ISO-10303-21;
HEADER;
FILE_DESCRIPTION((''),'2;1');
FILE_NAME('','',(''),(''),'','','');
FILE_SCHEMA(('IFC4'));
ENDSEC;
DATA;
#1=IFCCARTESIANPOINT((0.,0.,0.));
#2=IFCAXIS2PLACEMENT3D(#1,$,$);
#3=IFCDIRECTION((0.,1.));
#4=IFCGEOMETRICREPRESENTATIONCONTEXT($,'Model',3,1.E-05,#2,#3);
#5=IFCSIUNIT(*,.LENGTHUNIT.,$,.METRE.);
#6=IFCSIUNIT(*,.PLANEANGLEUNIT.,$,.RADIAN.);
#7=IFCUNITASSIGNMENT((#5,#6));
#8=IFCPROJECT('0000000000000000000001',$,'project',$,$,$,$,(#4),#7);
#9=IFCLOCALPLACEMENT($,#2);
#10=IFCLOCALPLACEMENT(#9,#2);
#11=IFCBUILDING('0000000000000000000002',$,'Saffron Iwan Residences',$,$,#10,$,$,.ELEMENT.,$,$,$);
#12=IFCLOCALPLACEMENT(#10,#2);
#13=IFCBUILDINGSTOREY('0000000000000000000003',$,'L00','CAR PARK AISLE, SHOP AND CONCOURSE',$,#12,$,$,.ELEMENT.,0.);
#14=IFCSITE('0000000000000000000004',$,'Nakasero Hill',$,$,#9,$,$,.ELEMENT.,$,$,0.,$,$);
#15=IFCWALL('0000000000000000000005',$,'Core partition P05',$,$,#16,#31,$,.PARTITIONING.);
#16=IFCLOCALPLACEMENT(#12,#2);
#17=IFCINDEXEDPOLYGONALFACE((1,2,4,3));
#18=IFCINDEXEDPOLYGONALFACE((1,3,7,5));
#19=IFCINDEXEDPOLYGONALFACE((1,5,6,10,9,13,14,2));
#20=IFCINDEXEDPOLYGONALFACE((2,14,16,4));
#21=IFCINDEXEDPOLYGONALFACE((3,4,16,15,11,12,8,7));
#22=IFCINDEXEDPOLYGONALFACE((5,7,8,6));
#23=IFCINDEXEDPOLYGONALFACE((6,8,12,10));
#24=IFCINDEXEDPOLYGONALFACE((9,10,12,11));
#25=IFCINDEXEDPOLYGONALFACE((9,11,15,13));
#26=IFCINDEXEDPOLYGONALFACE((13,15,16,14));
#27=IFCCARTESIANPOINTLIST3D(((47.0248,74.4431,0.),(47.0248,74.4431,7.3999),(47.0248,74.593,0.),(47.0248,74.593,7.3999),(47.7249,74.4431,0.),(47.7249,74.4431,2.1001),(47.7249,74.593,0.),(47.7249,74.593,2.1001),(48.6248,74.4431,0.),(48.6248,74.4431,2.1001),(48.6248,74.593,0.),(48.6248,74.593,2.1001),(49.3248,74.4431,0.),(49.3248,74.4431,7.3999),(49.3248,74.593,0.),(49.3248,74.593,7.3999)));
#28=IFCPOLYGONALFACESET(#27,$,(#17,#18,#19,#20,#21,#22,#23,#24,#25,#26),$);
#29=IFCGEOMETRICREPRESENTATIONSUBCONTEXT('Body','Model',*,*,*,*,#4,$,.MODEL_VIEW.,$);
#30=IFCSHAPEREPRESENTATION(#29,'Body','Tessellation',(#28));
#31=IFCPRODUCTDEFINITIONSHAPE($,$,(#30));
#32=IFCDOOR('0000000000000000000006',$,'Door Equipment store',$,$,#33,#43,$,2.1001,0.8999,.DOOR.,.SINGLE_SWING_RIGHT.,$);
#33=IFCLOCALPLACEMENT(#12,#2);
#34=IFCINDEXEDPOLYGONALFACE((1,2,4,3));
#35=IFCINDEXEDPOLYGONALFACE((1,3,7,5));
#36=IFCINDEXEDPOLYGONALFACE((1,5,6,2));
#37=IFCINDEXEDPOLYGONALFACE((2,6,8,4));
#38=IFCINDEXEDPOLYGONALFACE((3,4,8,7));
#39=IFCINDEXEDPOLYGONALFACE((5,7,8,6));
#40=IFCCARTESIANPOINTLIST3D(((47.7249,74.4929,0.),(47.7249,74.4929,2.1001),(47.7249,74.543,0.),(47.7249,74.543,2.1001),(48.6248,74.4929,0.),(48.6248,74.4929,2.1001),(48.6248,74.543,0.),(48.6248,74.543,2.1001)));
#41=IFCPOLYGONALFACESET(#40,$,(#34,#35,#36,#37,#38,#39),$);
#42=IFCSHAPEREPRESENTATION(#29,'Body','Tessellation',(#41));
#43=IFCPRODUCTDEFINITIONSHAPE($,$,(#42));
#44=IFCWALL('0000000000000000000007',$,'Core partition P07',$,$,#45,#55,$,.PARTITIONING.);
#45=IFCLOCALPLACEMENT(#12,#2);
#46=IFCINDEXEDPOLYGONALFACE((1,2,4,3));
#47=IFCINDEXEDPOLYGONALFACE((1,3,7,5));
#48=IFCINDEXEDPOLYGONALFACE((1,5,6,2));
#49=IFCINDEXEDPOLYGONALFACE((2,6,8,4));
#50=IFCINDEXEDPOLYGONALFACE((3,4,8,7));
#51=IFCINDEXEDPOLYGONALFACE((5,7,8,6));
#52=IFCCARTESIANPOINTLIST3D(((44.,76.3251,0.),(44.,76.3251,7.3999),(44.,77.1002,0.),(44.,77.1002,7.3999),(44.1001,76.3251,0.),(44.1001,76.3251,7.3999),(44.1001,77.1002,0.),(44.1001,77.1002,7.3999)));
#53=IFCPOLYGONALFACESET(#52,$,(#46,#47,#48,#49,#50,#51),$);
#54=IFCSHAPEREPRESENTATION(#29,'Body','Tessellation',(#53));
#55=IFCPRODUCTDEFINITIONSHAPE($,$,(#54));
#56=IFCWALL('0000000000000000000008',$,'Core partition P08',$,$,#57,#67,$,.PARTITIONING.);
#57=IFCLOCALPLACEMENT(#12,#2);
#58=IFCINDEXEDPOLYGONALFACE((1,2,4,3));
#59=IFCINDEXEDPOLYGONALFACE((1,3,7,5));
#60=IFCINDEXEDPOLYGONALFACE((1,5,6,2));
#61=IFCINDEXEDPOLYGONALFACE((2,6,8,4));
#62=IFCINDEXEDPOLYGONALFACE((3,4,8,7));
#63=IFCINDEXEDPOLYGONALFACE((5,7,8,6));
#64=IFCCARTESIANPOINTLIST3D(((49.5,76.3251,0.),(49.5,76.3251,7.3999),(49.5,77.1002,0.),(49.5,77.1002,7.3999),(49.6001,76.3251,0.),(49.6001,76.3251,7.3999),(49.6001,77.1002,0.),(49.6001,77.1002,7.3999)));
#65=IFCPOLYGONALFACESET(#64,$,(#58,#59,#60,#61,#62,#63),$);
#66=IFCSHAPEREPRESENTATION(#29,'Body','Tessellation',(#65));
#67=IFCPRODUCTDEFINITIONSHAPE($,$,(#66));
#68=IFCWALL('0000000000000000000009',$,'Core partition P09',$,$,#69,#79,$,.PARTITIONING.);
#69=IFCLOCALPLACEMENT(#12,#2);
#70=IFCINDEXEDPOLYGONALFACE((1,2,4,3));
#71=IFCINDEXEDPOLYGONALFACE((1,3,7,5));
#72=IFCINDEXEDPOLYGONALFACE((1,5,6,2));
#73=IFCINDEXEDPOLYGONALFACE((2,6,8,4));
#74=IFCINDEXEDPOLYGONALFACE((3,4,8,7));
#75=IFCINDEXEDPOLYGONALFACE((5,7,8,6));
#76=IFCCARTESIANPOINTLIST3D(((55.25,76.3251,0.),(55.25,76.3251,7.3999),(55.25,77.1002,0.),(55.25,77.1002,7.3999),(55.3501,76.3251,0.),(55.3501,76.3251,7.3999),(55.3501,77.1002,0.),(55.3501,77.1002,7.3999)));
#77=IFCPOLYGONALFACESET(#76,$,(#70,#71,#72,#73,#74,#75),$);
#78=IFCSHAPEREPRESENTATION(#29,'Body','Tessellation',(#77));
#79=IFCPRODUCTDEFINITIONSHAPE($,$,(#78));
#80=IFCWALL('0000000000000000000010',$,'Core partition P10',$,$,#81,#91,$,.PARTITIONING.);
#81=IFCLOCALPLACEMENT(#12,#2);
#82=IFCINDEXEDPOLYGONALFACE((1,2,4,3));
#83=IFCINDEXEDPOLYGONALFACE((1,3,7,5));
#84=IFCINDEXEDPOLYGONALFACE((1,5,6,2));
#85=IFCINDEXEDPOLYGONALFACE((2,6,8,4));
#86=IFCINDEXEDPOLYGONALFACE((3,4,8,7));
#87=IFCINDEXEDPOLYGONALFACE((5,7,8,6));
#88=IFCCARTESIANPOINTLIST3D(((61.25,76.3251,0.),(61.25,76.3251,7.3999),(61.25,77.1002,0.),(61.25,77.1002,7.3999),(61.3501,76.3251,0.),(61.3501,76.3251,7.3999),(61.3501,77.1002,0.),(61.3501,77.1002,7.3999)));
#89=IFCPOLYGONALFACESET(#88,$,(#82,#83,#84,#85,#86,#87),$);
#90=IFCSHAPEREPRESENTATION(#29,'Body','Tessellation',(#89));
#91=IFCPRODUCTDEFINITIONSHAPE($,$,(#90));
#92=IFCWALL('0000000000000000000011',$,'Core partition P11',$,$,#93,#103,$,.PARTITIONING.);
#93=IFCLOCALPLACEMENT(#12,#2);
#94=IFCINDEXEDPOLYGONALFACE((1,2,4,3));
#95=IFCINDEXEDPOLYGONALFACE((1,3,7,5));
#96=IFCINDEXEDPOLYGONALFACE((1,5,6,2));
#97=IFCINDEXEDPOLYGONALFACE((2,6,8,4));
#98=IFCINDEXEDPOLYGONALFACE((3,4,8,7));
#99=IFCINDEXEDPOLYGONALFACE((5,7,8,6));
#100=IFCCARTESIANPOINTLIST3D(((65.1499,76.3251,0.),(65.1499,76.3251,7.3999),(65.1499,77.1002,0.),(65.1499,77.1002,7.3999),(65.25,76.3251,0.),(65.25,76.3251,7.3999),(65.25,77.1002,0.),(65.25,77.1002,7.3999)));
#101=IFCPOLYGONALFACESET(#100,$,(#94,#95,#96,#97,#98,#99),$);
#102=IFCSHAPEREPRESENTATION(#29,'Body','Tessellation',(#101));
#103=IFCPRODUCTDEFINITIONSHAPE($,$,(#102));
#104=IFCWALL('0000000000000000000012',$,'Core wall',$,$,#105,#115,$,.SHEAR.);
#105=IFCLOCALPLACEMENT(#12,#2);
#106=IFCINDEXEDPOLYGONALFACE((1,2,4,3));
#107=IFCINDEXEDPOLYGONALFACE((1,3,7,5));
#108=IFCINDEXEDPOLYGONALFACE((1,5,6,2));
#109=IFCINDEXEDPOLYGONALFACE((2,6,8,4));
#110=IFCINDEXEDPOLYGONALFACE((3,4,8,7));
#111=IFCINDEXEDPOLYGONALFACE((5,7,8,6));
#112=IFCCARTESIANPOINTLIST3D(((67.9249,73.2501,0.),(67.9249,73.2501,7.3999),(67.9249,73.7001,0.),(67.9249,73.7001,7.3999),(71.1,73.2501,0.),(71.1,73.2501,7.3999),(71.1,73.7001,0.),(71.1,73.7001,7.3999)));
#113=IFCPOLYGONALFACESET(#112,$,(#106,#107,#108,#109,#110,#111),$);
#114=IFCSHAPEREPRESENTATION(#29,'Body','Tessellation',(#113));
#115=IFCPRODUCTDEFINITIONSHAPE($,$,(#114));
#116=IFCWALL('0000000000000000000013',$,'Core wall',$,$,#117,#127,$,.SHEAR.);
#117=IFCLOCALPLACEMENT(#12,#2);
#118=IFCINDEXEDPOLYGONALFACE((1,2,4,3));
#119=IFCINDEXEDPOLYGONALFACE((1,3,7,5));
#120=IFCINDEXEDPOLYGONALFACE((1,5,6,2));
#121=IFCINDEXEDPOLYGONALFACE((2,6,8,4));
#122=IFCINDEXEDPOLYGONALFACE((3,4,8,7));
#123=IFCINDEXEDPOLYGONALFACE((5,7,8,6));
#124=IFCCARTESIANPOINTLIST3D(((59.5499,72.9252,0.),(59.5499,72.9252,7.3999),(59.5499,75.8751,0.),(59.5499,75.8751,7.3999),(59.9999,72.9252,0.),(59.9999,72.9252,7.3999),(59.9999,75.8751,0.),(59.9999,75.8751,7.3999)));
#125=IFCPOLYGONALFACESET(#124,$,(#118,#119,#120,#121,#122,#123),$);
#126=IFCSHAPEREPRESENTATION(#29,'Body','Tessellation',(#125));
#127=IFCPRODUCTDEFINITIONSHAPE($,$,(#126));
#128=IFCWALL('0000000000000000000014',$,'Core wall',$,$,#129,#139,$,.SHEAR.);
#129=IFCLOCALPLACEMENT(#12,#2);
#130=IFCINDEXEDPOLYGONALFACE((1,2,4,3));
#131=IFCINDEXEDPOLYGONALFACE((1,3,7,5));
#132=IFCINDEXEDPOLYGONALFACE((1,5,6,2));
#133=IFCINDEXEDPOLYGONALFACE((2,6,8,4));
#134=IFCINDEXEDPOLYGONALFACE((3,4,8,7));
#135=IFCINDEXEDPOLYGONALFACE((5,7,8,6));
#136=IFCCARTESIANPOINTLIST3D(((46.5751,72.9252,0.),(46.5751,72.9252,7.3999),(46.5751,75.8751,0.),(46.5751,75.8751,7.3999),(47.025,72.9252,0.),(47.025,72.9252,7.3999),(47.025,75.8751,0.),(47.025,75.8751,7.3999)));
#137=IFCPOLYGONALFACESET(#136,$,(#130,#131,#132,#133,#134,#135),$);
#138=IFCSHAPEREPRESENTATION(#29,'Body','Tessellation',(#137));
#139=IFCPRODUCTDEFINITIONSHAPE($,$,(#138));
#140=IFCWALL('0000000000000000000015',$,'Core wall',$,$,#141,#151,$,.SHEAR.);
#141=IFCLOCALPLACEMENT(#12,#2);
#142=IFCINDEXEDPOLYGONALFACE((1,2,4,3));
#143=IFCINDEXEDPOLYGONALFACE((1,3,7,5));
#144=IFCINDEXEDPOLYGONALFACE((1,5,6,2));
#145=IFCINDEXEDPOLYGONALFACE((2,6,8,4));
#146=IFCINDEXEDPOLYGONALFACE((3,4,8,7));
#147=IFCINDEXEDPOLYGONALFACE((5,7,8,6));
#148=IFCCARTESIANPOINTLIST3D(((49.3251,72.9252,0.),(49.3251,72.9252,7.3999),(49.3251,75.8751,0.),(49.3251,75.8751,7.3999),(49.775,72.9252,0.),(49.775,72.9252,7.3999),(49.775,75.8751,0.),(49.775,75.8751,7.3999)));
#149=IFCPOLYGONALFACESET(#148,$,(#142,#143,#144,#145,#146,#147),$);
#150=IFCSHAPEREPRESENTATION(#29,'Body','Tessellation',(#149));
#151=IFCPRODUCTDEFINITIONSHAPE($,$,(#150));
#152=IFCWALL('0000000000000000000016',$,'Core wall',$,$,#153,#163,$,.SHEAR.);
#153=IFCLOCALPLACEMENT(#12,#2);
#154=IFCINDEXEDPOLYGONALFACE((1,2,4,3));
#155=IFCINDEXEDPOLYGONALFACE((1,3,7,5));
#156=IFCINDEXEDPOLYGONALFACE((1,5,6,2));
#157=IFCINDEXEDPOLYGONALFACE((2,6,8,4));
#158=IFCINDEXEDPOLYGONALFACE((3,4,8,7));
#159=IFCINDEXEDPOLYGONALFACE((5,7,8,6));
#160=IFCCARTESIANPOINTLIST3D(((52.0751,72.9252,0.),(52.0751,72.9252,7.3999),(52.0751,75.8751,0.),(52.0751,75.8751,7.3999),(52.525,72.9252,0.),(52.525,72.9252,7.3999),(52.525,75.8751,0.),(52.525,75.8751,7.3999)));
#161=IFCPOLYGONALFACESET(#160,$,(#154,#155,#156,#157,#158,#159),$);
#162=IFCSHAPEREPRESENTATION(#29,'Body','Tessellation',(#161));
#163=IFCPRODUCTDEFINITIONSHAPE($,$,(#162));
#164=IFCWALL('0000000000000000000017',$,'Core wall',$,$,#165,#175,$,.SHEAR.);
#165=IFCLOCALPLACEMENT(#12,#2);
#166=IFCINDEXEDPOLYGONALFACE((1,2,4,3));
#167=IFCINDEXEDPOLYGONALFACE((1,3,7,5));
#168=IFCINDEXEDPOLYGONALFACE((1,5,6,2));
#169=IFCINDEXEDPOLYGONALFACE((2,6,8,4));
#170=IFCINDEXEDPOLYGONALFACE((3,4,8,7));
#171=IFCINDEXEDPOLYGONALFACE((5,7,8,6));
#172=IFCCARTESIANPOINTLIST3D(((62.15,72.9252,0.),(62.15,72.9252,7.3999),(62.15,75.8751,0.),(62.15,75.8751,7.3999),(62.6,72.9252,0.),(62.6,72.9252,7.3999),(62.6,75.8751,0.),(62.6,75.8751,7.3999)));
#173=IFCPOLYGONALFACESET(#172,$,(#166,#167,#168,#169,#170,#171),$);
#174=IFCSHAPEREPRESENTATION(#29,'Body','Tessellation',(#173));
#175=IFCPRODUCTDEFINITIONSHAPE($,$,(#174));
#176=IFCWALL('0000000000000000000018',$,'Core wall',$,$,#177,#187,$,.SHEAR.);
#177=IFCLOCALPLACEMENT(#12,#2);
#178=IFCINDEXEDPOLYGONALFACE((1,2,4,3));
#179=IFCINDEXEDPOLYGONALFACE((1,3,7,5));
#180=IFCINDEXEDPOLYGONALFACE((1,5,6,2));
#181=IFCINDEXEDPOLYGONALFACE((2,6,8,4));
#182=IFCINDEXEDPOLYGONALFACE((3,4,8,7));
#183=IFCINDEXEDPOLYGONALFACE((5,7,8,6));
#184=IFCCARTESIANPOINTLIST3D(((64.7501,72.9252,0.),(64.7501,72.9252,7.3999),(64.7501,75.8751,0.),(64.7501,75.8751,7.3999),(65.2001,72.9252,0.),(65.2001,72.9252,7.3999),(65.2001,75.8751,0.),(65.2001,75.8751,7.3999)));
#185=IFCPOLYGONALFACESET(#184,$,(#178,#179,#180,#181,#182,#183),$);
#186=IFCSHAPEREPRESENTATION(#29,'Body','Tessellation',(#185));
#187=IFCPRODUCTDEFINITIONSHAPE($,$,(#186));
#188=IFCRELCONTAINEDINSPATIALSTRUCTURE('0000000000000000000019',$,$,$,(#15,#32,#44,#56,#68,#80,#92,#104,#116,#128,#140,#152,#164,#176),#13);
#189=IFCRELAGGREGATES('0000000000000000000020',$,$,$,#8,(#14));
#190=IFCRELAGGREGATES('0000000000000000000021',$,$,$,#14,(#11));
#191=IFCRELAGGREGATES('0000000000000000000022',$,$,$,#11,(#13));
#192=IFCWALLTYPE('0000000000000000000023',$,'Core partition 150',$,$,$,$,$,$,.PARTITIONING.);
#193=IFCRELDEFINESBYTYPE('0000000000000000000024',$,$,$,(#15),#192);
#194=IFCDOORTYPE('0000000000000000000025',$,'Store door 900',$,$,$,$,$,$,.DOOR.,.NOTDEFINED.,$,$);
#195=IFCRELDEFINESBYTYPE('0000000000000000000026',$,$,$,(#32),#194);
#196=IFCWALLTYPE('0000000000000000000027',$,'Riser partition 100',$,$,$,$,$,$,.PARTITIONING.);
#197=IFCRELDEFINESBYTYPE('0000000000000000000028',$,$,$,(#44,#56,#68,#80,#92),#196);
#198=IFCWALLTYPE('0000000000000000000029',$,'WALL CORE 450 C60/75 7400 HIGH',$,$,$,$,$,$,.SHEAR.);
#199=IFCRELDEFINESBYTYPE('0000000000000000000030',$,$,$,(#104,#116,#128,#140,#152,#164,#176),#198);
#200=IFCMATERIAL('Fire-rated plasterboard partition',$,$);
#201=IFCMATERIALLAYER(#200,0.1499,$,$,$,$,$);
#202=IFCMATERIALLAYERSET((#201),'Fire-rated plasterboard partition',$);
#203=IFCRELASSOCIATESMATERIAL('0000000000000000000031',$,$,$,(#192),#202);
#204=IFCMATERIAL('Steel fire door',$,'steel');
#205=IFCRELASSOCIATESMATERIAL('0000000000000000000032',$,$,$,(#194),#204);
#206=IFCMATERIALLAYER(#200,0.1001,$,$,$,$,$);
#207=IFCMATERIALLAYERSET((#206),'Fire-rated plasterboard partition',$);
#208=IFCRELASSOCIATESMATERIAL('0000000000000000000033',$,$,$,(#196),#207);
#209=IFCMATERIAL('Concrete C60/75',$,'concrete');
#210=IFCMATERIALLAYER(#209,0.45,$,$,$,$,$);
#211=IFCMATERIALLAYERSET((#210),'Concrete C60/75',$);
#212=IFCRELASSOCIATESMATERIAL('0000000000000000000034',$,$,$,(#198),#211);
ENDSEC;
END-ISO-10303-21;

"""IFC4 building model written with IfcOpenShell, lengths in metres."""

from ifc_helpers import new_model, si_unit, direction, frame, frame_2d, origin, place, context, subcontext, project, spatial, rectangle, extrude, material, layer, layer_set, type_object, element, fill, save


model = new_model("IFC4")

# Units and contexts
model_context = context("Model", 3, precision=1e-05, world=origin(), true_north=direction((0.0, 1.0)))
body_context = subcontext(model_context, "Body", "Model", "MODEL_VIEW")
ifc_project = project(units=[si_unit("LENGTHUNIT", "METRE"), si_unit("PLANEANGLEUNIT", "RADIAN")], contexts=[model_context])

# Site, building, storey
site_placement = place(None, origin())
site = spatial("IfcSite", under=ifc_project, at=site_placement, Name="Nakasero Hill", CompositionType="ELEMENT", RefElevation=0.0)
building_placement = place(site_placement, origin())
building = spatial("IfcBuilding", under=site, at=building_placement, Name="Saffron Iwan Residences", CompositionType="ELEMENT")
storey_placement = place(building_placement, origin())
storey = spatial("IfcBuildingStorey", under=building, at=storey_placement, Name="L00", Description="CAR PARK AISLE, SHOP AND CONCOURSE", CompositionType="ELEMENT", Elevation=0.0)

# Wall, opening, door
ifc_material_1 = material(Name="Fire-rated plasterboard partition")
ifc_layer_1 = layer(ifc_material_1, 0.1499)
ifc_layer_set_1 = layer_set([ifc_layer_1], Name="Fire-rated plasterboard partition")
wall_type_1 = type_object("IfcWallType", Name="Core partition 150", PredefinedType="PARTITIONING", material=ifc_layer_set_1)
ifc_material_2 = material(Name="Steel fire door", Category="steel")
door_type = type_object("IfcDoorType", Name="Store door 900", OperationType="NOTDEFINED", PredefinedType="DOOR", material=ifc_material_2)
wall_1_placement = place(storey_placement, frame((47.0249, 74.5181, 0.0), z_axis=(0.0, 0.0, 1.0), x_axis=(1.0, 0.0, 0.0)))
wall_1 = element("IfcWall", 1, at=wall_1_placement, inside=storey, type_object=wall_type_1, Name="Core partition P05", PredefinedType="PARTITIONING", context=body_context, shape_type="SweptSolid", body=[
    extrude(rectangle(XDim=2.3, YDim=0.1499, at=frame_2d((1.1499, 0.0))), origin(), (0.0, 0.0, 1.0), 7.3999),
])
opening_1_placement = place(wall_1_placement, frame((0.7, 0.0, 0.0)))
opening_1 = element("IfcOpeningElement", 2, at=opening_1_placement, cuts=wall_1, PredefinedType="OPENING", context=body_context, shape_type="SweptSolid", body=[
    extrude(rectangle(XDim=0.8999, YDim=2.1001, at=frame_2d((0.45, 1.05))), frame((0.0, 0.085, 0.0), z_axis=(0.0, -1.0, 0.0), x_axis=(1.0, 0.0, 0.0)), (0.0, 0.0, 1.0), 0.1699),
])
door_1_placement = place(opening_1_placement, origin())
door_1 = element("IfcDoor", 3, at=door_1_placement, inside=storey, type_object=door_type, Name="Door Equipment store", OperationType="SINGLE_SWING_RIGHT", OverallHeight=2.1001, OverallWidth=0.8999, PredefinedType="DOOR", context=body_context, shape_type="SweptSolid", body=[
    extrude(rectangle(XDim=0.8999, YDim=2.1001, at=frame_2d((0.45, 1.05))), frame((0.0, 0.0249, 0.0), z_axis=(0.0, -1.0, 0.0), x_axis=(1.0, 0.0, 0.0)), (0.0, 0.0, 1.0), 0.05),
])
fill(opening_1, door_1)

# Walls
ifc_layer_2 = layer(ifc_material_1, 0.1001)
ifc_layer_set_2 = layer_set([ifc_layer_2], Name="Fire-rated plasterboard partition")
wall_type_2 = type_object("IfcWallType", Name="Riser partition 100", PredefinedType="PARTITIONING", material=ifc_layer_set_2)
for number, where, z_axis, x_axis, name in (
    (4, (44.05, 76.325, 0.0), (0.0, 0.0, 1.0), (0.0, 1.0, 0.0), "Core partition P07"),
    (5, (49.55, 76.325, 0.0), (0.0, 0.0, 1.0), (0.0, 1.0, 0.0), "Core partition P08"),
    (6, (55.3, 76.325, 0.0), (0.0, 0.0, 1.0), (0.0, 1.0, 0.0), "Core partition P09"),
    (7, (61.3, 76.325, 0.0), (0.0, 0.0, 1.0), (0.0, 1.0, 0.0), "Core partition P10"),
    (8, (65.2, 76.325, 0.0), (0.0, 0.0, 1.0), (0.0, 1.0, 0.0), "Core partition P11"),
):
    element("IfcWall", number, at=place(storey_placement, frame(where, z_axis=z_axis, x_axis=x_axis)), inside=storey, type_object=wall_type_2, Name=name, PredefinedType="PARTITIONING", context=body_context, shape_type="SweptSolid", body=[
        extrude(rectangle(XDim=0.7751, YDim=0.1001, at=frame_2d((0.3877, 0.0))), origin(), (0.0, 0.0, 1.0), 7.3999),
    ])
ifc_material_3 = material(Name="Concrete C60/75", Category="concrete")
ifc_layer_3 = layer(ifc_material_3, 0.45)
ifc_layer_set_3 = layer_set([ifc_layer_3], Name="Concrete C60/75")
wall_type_3 = type_object("IfcWallType", Name="WALL CORE 450 C60/75 7400 HIGH", PredefinedType="SHEAR", material=ifc_layer_set_3)
wall_2_placement = place(storey_placement, frame((67.925, 73.4751, 0.0), z_axis=(0.0, 0.0, 1.0), x_axis=(1.0, 0.0, 0.0)))
element("IfcWall", 9, at=wall_2_placement, inside=storey, type_object=wall_type_3, Name="Core wall", PredefinedType="SHEAR", context=body_context, shape_type="SweptSolid", body=[
    extrude(rectangle(XDim=3.175, YDim=0.45, at=frame_2d((1.5874, 0.0))), origin(), (0.0, 0.0, 1.0), 7.3999),
])
for number, where, z_axis, x_axis, name in (
    (10, (59.7749, 72.925, 0.0), (0.0, 0.0, 1.0), (0.0, 1.0, 0.0), "Core wall"),
    (11, (46.8, 72.925, 0.0), (0.0, 0.0, 1.0), (0.0, 1.0, 0.0), "Core wall"),
    (12, (49.55, 72.925, 0.0), (0.0, 0.0, 1.0), (0.0, 1.0, 0.0), "Core wall"),
    (13, (52.3, 72.925, 0.0), (0.0, 0.0, 1.0), (0.0, 1.0, 0.0), "Core wall"),
    (14, (62.375, 72.925, 0.0), (0.0, 0.0, 1.0), (0.0, 1.0, 0.0), "Core wall"),
    (15, (64.9751, 72.925, 0.0), (0.0, 0.0, 1.0), (0.0, 1.0, 0.0), "Core wall"),
):
    element("IfcWall", number, at=place(storey_placement, frame(where, z_axis=z_axis, x_axis=x_axis)), inside=storey, type_object=wall_type_3, Name=name, PredefinedType="SHEAR", context=body_context, shape_type="SweptSolid", body=[
        extrude(rectangle(XDim=2.95, YDim=0.45, at=frame_2d((1.4751, 0.0))), origin(), (0.0, 0.0, 1.0), 7.3999),
    ])

save(model, "model.ifc")
